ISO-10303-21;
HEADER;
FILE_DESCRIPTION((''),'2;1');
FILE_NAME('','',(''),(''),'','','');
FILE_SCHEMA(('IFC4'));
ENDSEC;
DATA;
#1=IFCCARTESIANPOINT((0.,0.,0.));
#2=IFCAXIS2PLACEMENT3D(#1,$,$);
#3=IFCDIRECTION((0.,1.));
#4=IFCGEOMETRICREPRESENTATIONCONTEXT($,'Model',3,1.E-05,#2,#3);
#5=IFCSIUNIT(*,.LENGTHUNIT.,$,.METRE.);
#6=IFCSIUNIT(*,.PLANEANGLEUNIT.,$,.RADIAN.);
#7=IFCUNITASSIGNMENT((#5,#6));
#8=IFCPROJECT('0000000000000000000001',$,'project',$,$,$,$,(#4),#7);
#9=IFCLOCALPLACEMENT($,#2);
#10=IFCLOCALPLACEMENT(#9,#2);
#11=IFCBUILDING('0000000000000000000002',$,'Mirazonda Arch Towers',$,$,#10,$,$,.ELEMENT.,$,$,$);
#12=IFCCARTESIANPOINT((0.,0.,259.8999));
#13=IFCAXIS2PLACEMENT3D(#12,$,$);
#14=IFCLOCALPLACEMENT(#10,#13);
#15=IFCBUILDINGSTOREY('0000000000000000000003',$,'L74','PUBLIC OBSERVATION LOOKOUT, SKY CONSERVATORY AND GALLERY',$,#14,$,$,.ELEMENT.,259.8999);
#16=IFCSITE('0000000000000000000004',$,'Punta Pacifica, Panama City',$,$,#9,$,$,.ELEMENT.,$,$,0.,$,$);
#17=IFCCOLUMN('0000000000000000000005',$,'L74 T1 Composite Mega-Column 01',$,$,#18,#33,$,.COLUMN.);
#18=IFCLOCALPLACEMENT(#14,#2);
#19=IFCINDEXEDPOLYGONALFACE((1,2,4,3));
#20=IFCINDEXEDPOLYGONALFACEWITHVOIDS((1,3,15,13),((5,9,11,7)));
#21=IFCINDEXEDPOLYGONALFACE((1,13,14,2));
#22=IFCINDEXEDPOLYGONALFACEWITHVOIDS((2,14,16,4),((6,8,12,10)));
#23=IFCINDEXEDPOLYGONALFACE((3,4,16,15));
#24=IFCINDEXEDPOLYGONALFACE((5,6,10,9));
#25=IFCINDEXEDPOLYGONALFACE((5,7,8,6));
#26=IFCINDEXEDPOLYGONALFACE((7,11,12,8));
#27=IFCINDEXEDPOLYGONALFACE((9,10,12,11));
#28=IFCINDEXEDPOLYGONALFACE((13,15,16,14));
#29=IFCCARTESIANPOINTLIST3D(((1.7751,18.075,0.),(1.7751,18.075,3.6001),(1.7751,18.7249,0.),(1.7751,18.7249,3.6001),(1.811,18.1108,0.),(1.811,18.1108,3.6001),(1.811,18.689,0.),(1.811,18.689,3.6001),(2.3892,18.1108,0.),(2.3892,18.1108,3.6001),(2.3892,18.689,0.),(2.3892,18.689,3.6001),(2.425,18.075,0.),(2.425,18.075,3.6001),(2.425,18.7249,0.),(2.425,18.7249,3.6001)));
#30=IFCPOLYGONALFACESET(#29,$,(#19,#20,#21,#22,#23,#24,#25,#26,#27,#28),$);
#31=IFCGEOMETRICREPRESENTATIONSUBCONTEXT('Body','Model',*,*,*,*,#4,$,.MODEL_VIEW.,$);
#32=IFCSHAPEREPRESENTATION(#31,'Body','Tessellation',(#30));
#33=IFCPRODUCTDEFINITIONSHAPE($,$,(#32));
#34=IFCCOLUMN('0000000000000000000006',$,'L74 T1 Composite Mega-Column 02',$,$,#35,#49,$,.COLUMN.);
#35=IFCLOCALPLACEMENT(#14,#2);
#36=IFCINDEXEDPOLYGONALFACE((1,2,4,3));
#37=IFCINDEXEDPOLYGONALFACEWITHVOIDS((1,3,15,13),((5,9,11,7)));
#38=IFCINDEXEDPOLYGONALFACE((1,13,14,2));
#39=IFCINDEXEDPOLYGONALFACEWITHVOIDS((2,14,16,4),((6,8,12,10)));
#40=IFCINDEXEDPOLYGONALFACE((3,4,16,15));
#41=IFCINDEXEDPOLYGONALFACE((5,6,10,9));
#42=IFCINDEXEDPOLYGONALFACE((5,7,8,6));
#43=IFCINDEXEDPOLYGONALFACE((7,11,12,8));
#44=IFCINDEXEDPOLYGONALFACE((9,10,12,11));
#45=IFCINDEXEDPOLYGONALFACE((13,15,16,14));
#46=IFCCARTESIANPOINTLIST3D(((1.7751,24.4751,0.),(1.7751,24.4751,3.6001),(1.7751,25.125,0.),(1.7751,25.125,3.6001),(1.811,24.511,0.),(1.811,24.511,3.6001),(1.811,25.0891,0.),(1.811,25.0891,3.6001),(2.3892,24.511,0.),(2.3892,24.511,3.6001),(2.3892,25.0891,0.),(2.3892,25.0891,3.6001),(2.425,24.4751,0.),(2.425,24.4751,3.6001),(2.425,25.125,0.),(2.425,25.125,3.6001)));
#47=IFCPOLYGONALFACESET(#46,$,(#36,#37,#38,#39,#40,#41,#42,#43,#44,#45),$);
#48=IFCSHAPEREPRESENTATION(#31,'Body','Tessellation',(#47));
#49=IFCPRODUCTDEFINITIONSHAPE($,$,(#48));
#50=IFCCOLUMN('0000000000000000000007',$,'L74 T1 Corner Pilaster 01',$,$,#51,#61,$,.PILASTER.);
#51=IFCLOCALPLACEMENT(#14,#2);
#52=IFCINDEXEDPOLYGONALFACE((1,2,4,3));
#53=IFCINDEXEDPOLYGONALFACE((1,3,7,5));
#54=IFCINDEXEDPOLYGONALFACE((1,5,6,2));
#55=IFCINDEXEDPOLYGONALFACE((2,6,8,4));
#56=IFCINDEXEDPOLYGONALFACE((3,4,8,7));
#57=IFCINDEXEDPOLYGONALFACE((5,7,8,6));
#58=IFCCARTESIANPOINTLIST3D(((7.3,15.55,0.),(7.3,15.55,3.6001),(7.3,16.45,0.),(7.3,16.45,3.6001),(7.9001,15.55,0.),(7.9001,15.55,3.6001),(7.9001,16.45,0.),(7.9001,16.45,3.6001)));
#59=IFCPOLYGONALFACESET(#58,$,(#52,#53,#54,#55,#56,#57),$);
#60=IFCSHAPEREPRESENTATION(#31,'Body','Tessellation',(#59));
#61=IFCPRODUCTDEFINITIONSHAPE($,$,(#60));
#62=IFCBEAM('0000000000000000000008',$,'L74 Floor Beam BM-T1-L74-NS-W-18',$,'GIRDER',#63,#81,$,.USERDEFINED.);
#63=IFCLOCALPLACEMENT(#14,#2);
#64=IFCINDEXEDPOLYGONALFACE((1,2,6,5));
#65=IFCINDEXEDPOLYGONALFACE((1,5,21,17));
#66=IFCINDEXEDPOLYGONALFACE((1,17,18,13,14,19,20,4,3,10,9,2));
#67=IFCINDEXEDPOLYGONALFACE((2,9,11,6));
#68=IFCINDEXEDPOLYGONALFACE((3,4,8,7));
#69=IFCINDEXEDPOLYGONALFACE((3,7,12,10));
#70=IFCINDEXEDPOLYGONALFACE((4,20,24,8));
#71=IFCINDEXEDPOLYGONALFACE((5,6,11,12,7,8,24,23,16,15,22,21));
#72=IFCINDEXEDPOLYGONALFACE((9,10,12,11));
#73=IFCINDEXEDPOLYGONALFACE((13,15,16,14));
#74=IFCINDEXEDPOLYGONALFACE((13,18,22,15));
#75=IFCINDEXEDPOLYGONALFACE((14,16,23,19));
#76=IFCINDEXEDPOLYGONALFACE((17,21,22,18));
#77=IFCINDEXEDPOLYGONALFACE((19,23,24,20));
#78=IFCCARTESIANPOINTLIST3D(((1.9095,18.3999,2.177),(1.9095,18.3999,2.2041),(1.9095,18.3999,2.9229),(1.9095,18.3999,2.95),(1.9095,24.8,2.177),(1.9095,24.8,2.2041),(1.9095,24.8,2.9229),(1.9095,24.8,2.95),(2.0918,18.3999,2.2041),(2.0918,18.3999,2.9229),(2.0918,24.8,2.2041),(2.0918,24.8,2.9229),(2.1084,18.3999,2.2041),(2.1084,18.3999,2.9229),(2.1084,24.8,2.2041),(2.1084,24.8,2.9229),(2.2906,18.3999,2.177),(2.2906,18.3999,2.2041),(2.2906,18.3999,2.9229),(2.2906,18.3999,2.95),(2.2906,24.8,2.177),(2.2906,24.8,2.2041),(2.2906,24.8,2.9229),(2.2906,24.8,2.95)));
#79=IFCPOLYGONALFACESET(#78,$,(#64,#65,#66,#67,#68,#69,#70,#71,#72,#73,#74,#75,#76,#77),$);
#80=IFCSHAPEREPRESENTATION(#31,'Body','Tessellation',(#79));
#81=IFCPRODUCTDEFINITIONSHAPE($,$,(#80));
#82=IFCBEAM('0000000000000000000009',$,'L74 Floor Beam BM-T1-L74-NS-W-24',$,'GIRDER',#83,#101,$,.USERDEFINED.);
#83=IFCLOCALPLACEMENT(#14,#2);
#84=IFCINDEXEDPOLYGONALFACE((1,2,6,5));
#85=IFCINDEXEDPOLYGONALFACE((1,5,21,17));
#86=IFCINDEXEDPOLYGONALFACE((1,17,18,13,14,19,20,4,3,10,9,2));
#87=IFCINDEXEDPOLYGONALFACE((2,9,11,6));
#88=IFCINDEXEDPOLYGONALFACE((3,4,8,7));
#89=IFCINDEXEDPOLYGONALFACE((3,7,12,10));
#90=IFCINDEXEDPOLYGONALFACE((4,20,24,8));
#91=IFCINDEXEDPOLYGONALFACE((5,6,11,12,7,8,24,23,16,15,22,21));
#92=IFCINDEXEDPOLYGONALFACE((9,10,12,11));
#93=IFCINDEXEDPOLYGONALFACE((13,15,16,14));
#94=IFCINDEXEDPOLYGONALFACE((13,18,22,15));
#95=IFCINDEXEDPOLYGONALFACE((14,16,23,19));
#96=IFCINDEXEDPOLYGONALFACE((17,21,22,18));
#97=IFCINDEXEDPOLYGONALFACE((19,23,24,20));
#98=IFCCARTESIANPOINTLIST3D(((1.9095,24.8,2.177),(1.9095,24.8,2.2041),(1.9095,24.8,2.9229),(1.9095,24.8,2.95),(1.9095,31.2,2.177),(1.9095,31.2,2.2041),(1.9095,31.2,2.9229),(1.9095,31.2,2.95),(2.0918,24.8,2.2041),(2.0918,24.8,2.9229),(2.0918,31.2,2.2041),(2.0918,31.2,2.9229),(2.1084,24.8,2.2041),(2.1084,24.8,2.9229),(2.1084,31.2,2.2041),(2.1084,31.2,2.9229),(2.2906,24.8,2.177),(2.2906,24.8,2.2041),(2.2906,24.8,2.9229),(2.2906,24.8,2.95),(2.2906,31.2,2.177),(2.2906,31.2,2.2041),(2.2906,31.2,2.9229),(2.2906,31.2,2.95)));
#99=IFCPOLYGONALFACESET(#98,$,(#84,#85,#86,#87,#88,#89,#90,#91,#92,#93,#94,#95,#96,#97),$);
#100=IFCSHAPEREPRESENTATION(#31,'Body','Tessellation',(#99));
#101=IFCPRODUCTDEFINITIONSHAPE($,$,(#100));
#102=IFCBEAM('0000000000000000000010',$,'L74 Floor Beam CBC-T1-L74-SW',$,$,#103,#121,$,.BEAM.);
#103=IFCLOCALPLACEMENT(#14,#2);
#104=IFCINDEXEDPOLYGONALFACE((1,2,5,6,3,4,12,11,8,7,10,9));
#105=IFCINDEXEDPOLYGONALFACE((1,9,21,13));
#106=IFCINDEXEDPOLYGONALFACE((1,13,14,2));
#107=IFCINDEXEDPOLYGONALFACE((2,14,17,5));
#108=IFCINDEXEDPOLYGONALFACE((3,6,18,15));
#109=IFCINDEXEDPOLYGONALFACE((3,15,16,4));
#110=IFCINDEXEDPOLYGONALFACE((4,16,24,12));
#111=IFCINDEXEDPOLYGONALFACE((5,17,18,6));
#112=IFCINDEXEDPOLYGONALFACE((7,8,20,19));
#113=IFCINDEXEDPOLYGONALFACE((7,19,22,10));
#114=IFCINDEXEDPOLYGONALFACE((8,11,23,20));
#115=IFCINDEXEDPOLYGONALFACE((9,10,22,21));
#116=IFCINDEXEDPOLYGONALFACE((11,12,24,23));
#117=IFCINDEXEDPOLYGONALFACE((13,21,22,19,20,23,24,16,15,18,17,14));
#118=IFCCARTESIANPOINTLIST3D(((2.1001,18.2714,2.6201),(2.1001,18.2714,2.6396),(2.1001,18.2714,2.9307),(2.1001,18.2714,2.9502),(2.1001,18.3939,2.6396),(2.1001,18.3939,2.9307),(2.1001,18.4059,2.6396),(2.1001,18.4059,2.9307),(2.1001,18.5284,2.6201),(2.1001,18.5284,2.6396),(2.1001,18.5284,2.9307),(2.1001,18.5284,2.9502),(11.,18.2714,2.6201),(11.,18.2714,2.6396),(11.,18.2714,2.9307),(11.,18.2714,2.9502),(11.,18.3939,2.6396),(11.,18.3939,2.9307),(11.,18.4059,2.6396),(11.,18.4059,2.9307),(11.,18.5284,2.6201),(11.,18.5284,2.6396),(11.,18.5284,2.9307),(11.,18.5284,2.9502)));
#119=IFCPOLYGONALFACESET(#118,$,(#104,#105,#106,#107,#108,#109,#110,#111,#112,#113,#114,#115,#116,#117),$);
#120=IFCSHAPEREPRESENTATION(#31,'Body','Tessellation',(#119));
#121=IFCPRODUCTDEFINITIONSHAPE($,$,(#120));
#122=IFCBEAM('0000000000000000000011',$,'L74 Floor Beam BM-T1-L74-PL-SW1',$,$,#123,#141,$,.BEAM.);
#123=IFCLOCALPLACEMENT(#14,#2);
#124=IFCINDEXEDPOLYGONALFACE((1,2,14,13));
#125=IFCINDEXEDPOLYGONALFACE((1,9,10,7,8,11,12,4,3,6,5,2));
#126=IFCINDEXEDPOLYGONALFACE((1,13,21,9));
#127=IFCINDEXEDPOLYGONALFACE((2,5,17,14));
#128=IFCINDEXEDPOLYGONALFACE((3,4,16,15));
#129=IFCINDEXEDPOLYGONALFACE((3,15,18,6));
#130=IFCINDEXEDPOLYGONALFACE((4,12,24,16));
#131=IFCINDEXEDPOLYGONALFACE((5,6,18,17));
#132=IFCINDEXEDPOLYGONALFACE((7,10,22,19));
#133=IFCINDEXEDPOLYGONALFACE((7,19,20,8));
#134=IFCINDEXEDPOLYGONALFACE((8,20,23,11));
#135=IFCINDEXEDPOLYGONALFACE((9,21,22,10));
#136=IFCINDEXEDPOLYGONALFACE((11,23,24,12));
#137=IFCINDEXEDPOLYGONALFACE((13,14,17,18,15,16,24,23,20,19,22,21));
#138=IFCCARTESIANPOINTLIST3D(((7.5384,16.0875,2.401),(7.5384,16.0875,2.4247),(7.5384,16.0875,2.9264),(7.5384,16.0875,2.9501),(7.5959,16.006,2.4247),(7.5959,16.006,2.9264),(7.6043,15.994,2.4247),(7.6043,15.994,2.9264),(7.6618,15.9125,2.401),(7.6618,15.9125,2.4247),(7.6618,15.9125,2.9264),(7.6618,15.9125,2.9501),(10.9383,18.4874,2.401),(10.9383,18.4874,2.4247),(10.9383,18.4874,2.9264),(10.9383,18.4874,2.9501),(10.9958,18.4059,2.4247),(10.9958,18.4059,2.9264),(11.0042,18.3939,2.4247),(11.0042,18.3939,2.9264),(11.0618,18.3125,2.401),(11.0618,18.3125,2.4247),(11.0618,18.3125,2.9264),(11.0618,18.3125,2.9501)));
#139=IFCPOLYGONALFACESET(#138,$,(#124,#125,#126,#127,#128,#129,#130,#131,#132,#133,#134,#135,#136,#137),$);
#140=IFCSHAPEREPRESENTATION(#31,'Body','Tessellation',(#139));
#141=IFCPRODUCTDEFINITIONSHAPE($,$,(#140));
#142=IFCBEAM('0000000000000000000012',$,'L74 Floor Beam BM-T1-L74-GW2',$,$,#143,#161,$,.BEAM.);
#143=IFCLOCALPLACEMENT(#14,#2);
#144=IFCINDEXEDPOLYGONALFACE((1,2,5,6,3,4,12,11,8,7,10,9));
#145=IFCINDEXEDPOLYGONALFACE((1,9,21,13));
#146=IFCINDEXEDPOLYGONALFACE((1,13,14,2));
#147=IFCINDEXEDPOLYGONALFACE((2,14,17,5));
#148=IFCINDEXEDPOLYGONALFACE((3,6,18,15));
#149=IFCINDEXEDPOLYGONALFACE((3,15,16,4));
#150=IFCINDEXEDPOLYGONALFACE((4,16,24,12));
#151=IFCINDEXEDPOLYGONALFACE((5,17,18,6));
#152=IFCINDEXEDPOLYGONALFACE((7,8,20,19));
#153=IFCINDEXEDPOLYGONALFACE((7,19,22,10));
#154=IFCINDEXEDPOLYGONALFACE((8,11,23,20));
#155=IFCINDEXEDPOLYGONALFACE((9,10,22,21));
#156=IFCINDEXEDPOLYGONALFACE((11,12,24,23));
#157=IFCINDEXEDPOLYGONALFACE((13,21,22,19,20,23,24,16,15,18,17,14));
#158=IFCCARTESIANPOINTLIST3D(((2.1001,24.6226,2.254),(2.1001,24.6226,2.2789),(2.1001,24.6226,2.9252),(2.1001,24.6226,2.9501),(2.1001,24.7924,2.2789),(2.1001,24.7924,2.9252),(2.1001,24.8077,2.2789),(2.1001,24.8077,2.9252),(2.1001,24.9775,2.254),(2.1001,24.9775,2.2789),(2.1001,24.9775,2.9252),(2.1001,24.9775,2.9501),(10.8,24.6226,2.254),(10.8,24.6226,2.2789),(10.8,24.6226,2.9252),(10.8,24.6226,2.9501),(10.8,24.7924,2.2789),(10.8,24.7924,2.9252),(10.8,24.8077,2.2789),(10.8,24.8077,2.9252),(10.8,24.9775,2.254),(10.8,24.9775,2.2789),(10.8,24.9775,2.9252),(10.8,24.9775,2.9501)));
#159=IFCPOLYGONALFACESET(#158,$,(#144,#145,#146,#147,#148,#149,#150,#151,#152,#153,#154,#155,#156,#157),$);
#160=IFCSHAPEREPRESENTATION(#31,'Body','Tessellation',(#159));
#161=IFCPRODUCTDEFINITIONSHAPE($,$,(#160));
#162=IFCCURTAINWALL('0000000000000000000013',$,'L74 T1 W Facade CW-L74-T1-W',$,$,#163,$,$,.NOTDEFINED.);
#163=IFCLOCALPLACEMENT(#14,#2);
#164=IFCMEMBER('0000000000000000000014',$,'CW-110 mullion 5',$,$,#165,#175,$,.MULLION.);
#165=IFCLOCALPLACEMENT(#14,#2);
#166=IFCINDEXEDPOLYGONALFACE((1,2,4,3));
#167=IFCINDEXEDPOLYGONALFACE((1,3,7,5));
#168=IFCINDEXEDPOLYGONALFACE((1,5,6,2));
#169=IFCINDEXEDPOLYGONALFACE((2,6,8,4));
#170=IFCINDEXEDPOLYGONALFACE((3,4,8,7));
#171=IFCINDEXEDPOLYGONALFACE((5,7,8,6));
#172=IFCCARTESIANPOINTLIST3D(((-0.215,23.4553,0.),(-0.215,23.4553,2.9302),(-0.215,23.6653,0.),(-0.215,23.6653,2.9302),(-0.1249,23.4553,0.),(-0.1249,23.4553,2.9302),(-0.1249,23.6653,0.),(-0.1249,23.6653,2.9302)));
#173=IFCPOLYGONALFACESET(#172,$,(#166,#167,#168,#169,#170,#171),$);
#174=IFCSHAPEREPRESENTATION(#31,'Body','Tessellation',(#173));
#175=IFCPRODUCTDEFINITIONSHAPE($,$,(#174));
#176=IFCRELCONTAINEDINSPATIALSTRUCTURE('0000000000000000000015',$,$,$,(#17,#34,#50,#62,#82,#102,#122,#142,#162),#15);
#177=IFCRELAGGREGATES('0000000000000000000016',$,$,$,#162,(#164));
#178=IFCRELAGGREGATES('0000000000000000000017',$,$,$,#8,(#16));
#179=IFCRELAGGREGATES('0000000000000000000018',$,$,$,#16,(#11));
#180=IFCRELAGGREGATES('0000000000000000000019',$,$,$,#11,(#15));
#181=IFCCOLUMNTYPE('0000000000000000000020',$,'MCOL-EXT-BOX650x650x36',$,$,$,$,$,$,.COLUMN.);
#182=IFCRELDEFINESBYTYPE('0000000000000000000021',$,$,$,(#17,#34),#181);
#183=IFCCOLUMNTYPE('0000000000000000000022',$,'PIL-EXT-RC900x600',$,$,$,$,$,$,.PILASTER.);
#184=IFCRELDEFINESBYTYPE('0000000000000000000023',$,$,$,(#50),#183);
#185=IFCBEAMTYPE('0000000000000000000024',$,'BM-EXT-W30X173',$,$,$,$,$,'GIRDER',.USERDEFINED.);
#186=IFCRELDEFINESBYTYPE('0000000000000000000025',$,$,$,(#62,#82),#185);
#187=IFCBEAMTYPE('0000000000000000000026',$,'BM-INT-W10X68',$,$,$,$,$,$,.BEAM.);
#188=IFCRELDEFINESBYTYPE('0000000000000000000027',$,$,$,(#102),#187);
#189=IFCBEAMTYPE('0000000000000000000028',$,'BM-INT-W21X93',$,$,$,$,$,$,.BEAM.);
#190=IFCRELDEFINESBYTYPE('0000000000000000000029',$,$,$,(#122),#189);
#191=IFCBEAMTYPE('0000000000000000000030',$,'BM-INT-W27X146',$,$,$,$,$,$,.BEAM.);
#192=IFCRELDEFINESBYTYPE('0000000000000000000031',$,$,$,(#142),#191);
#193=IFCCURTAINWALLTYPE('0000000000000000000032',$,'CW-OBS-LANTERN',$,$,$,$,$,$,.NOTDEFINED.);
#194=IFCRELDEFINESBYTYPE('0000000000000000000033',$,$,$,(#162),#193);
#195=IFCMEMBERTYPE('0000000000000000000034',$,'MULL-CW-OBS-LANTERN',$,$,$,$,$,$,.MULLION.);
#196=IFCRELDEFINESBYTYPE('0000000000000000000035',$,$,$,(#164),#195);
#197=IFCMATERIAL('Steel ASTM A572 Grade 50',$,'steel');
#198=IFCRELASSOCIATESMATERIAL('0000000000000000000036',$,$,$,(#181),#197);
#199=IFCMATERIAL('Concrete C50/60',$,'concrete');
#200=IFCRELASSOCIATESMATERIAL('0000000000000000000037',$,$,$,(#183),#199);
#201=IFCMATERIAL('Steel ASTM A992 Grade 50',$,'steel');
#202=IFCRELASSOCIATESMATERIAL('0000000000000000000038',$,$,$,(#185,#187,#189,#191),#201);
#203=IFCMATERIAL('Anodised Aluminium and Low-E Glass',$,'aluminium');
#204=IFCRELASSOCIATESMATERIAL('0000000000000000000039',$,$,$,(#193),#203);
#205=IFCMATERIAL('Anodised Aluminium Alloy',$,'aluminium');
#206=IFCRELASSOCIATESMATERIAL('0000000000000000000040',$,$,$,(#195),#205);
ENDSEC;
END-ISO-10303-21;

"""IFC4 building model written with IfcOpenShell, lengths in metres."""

from ifc_helpers import new_model, si_unit, direction, frame, origin, origin_2d, place, context, subcontext, project, spatial, rectangle, hollow_rectangle, i_section, extrude, material, material_profile, profile_set, type_object, element, aggregate, save


model = new_model("IFC4")

# Units and contexts
model_context = context("Model", 3, precision=1e-05, world=origin(), true_north=direction((0.0, 1.0)))
body_context = subcontext(model_context, "Body", "Model", "MODEL_VIEW")
ifc_project = project(units=[si_unit("LENGTHUNIT", "METRE"), si_unit("PLANEANGLEUNIT", "RADIAN")], contexts=[model_context])

# Site, building, storey
site_placement = place(None, origin())
site = spatial("IfcSite", under=ifc_project, at=site_placement, Name="Punta Pacifica, Panama City", CompositionType="ELEMENT", RefElevation=0.0)
building_placement = place(site_placement, origin())
building = spatial("IfcBuilding", under=site, at=building_placement, Name="Mirazonda Arch Towers", CompositionType="ELEMENT")
storey_placement = place(building_placement, frame((0.0, 0.0, 259.8999)))
storey = spatial("IfcBuildingStorey", under=building, at=storey_placement, Name="L74", Description="PUBLIC OBSERVATION LOOKOUT, SKY CONSERVATORY AND GALLERY", CompositionType="ELEMENT", Elevation=259.8999)

# Columns
ifc_material_1 = material(Name="Steel ASTM A572 Grade 50", Category="steel")
ifc_material_profile_1 = material_profile(ifc_material_1, hollow_rectangle(XDim=0.6499, YDim=0.6499, WallThickness=0.0359, at=origin_2d()), Name="BOX650x650x36")
ifc_profile_set_1 = profile_set([ifc_material_profile_1], Name="Steel ASTM A572 Grade 50")
column_type_1 = type_object("IfcColumnType", Name="MCOL-EXT-BOX650x650x36", PredefinedType="COLUMN", material=ifc_profile_set_1)
for number, where, z_axis, x_axis, name in (
    (1, (2.1001, 18.3999, 0.0), (0.0, 0.0, 1.0), (1.0, 0.0, 0.0), "L74 T1 Composite Mega-Column 01"),
    (2, (2.1001, 24.8, 0.0), (0.0, 0.0, 1.0), (1.0, 0.0, 0.0), "L74 T1 Composite Mega-Column 02"),
):
    element("IfcColumn", number, at=place(storey_placement, frame(where, z_axis=z_axis, x_axis=x_axis)), inside=storey, type_object=column_type_1, Name=name, PredefinedType="COLUMN", context=body_context, shape_type="SweptSolid", body=[
        extrude(hollow_rectangle(XDim=0.6499, YDim=0.6499, WallThickness=0.0359, at=origin_2d()), origin(), (0.0, 0.0, 1.0), 3.6001),
    ])
ifc_material_2 = material(Name="Concrete C50/60", Category="concrete")
ifc_material_profile_2 = material_profile(ifc_material_2, rectangle(XDim=0.6001, YDim=0.8999, at=origin_2d()), Name="RC900x600")
ifc_profile_set_2 = profile_set([ifc_material_profile_2], Name="Concrete C50/60")
column_type_2 = type_object("IfcColumnType", Name="PIL-EXT-RC900x600", PredefinedType="PILASTER", material=ifc_profile_set_2)
column_placement = place(storey_placement, frame((7.6001, 16.0, 0.0), z_axis=(0.0, 0.0, 1.0), x_axis=(1.0, 0.0, 0.0)))
element("IfcColumn", 3, at=column_placement, inside=storey, type_object=column_type_2, Name="L74 T1 Corner Pilaster 01", PredefinedType="PILASTER", context=body_context, shape_type="SweptSolid", body=[
    extrude(rectangle(XDim=0.6001, YDim=0.8999, at=origin_2d()), origin(), (0.0, 0.0, 1.0), 3.6001),
])

# Beams
ifc_material_3 = material(Name="Steel ASTM A992 Grade 50", Category="steel")
ifc_material_profile_3 = material_profile(ifc_material_3, i_section(OverallWidth=0.3811, OverallDepth=0.7729, WebThickness=0.0166, FlangeThickness=0.0271, at=origin_2d()), Name="W30X173")
ifc_profile_set_3 = profile_set([ifc_material_profile_3], Name="Steel ASTM A992 Grade 50")
beam_type_1 = type_object("IfcBeamType", Name="BM-EXT-W30X173", ElementType="GIRDER", PredefinedType="USERDEFINED", material=ifc_profile_set_3)
beam_1_placement = place(storey_placement, frame((2.1001, 18.3999, 2.5635), z_axis=(0.0, 1.0, 0.0), x_axis=(-1.0, 0.0, 0.0)))
element("IfcBeam", 4, at=beam_1_placement, inside=storey, type_object=beam_type_1, Name="L74 Floor Beam BM-T1-L74-NS-W-18", ObjectType="GIRDER", PredefinedType="USERDEFINED", context=body_context, shape_type="SweptSolid", body=[
    extrude(i_section(OverallWidth=0.3811, OverallDepth=0.7729, WebThickness=0.0166, FlangeThickness=0.0271, at=origin_2d()), origin(), (0.0, 0.0, 1.0), 6.4001),
])
beam_2_placement = place(storey_placement, frame((2.1001, 24.8, 2.5635), z_axis=(0.0, 1.0, 0.0), x_axis=(-1.0, 0.0, 0.0)))
element("IfcBeam", 5, at=beam_2_placement, inside=storey, type_object=beam_type_1, Name="L74 Floor Beam BM-T1-L74-NS-W-24", ObjectType="GIRDER", PredefinedType="USERDEFINED", context=body_context, shape_type="SweptSolid", body=[
    extrude(i_section(OverallWidth=0.3811, OverallDepth=0.7729, WebThickness=0.0166, FlangeThickness=0.0271, at=origin_2d()), origin(), (0.0, 0.0, 1.0), 6.3999),
])
ifc_material_profile_4 = material_profile(ifc_material_3, i_section(OverallWidth=0.2571, OverallDepth=0.3301, WebThickness=0.012, FlangeThickness=0.0195, at=origin_2d()), Name="W10X68")
ifc_profile_set_4 = profile_set([ifc_material_profile_4], Name="Steel ASTM A992 Grade 50")
beam_type_2 = type_object("IfcBeamType", Name="BM-INT-W10X68", PredefinedType="BEAM", material=ifc_profile_set_4)
beam_3_placement = place(storey_placement, frame((2.1001, 18.3999, 2.7852), z_axis=(1.0, 0.0, 0.0), x_axis=(0.0, 1.0, 0.0)))
element("IfcBeam", 6, at=beam_3_placement, inside=storey, type_object=beam_type_2, Name="L74 Floor Beam CBC-T1-L74-SW", PredefinedType="BEAM", context=body_context, shape_type="SweptSolid", body=[
    extrude(i_section(OverallWidth=0.2571, OverallDepth=0.3301, WebThickness=0.012, FlangeThickness=0.0195, at=origin_2d()), origin(), (0.0, 0.0, 1.0), 8.8999),
])
ifc_material_profile_5 = material_profile(ifc_material_3, i_section(OverallWidth=0.2141, OverallDepth=0.5491, WebThickness=0.0146, FlangeThickness=0.0237, at=origin_2d()), Name="W21X93")
ifc_profile_set_5 = profile_set([ifc_material_profile_5], Name="Steel ASTM A992 Grade 50")
beam_type_3 = type_object("IfcBeamType", Name="BM-INT-W21X93", PredefinedType="BEAM", material=ifc_profile_set_5)
beam_4_placement = place(storey_placement, frame((7.6001, 16.0, 2.6755), z_axis=(0.816971, 0.576679, 0.0), x_axis=(-0.576679, 0.816971, 0.0)))
element("IfcBeam", 7, at=beam_4_placement, inside=storey, type_object=beam_type_3, Name="L74 Floor Beam BM-T1-L74-PL-SW1", PredefinedType="BEAM", context=body_context, shape_type="SweptSolid", body=[
    extrude(i_section(OverallWidth=0.2141, OverallDepth=0.5491, WebThickness=0.0146, FlangeThickness=0.0237, at=origin_2d()), origin(), (0.0, 0.0, 1.0), 4.1616),
])
ifc_material_profile_6 = material_profile(ifc_material_3, i_section(OverallWidth=0.355, OverallDepth=0.696, WebThickness=0.0154, FlangeThickness=0.0249, at=origin_2d()), Name="W27X146")
ifc_profile_set_6 = profile_set([ifc_material_profile_6], Name="Steel ASTM A992 Grade 50")
beam_type_4 = type_object("IfcBeamType", Name="BM-INT-W27X146", PredefinedType="BEAM", material=ifc_profile_set_6)
beam_5_placement = place(storey_placement, frame((2.1001, 24.8, 2.6021), z_axis=(1.0, 0.0, 0.0), x_axis=(0.0, 1.0, 0.0)))
element("IfcBeam", 8, at=beam_5_placement, inside=storey, type_object=beam_type_4, Name="L74 Floor Beam BM-T1-L74-GW2", PredefinedType="BEAM", context=body_context, shape_type="SweptSolid", body=[
    extrude(i_section(OverallWidth=0.355, OverallDepth=0.696, WebThickness=0.0154, FlangeThickness=0.0249, at=origin_2d()), origin(), (0.0, 0.0, 1.0), 8.7),
])

# Curtain wall, member
ifc_material_4 = material(Name="Anodised Aluminium and Low-E Glass", Category="aluminium")
curtain_wall_type = type_object("IfcCurtainWallType", Name="CW-OBS-LANTERN", PredefinedType="NOTDEFINED", material=ifc_material_4)
curtain_wall_placement = place(storey_placement, origin())
curtain_wall = element("IfcCurtainWall", 9, at=curtain_wall_placement, inside=storey, type_object=curtain_wall_type, Name="L74 T1 W Facade CW-L74-T1-W", PredefinedType="NOTDEFINED")
ifc_material_5 = material(Name="Anodised Aluminium Alloy", Category="aluminium")
ifc_material_profile_7 = material_profile(ifc_material_5, rectangle(XDim=0.0901, YDim=0.21, at=origin_2d()), Name="ALU-MULL-90x210")
ifc_profile_set_7 = profile_set([ifc_material_profile_7], Name="Anodised Aluminium Alloy")
member_type_1 = type_object("IfcMemberType", Name="MULL-CW-OBS-LANTERN", PredefinedType="MULLION", material=ifc_profile_set_7)
member_1_placement = place(storey_placement, frame((-0.1699, 23.5603, 0.0), z_axis=(0.0, 0.0, 1.0), x_axis=(1.0, 0.0, 0.0)))
member_1 = element("IfcMember", 10, at=member_1_placement, type_object=member_type_1, Name="CW-110 mullion 5", PredefinedType="MULLION", context=body_context, shape_type="SweptSolid", body=[
    extrude(rectangle(XDim=0.0901, YDim=0.21, at=origin_2d()), origin(), (0.0, 0.0, 1.0), 2.9302),
])
aggregate(curtain_wall, [member_1])

save(model, "model.ifc")
